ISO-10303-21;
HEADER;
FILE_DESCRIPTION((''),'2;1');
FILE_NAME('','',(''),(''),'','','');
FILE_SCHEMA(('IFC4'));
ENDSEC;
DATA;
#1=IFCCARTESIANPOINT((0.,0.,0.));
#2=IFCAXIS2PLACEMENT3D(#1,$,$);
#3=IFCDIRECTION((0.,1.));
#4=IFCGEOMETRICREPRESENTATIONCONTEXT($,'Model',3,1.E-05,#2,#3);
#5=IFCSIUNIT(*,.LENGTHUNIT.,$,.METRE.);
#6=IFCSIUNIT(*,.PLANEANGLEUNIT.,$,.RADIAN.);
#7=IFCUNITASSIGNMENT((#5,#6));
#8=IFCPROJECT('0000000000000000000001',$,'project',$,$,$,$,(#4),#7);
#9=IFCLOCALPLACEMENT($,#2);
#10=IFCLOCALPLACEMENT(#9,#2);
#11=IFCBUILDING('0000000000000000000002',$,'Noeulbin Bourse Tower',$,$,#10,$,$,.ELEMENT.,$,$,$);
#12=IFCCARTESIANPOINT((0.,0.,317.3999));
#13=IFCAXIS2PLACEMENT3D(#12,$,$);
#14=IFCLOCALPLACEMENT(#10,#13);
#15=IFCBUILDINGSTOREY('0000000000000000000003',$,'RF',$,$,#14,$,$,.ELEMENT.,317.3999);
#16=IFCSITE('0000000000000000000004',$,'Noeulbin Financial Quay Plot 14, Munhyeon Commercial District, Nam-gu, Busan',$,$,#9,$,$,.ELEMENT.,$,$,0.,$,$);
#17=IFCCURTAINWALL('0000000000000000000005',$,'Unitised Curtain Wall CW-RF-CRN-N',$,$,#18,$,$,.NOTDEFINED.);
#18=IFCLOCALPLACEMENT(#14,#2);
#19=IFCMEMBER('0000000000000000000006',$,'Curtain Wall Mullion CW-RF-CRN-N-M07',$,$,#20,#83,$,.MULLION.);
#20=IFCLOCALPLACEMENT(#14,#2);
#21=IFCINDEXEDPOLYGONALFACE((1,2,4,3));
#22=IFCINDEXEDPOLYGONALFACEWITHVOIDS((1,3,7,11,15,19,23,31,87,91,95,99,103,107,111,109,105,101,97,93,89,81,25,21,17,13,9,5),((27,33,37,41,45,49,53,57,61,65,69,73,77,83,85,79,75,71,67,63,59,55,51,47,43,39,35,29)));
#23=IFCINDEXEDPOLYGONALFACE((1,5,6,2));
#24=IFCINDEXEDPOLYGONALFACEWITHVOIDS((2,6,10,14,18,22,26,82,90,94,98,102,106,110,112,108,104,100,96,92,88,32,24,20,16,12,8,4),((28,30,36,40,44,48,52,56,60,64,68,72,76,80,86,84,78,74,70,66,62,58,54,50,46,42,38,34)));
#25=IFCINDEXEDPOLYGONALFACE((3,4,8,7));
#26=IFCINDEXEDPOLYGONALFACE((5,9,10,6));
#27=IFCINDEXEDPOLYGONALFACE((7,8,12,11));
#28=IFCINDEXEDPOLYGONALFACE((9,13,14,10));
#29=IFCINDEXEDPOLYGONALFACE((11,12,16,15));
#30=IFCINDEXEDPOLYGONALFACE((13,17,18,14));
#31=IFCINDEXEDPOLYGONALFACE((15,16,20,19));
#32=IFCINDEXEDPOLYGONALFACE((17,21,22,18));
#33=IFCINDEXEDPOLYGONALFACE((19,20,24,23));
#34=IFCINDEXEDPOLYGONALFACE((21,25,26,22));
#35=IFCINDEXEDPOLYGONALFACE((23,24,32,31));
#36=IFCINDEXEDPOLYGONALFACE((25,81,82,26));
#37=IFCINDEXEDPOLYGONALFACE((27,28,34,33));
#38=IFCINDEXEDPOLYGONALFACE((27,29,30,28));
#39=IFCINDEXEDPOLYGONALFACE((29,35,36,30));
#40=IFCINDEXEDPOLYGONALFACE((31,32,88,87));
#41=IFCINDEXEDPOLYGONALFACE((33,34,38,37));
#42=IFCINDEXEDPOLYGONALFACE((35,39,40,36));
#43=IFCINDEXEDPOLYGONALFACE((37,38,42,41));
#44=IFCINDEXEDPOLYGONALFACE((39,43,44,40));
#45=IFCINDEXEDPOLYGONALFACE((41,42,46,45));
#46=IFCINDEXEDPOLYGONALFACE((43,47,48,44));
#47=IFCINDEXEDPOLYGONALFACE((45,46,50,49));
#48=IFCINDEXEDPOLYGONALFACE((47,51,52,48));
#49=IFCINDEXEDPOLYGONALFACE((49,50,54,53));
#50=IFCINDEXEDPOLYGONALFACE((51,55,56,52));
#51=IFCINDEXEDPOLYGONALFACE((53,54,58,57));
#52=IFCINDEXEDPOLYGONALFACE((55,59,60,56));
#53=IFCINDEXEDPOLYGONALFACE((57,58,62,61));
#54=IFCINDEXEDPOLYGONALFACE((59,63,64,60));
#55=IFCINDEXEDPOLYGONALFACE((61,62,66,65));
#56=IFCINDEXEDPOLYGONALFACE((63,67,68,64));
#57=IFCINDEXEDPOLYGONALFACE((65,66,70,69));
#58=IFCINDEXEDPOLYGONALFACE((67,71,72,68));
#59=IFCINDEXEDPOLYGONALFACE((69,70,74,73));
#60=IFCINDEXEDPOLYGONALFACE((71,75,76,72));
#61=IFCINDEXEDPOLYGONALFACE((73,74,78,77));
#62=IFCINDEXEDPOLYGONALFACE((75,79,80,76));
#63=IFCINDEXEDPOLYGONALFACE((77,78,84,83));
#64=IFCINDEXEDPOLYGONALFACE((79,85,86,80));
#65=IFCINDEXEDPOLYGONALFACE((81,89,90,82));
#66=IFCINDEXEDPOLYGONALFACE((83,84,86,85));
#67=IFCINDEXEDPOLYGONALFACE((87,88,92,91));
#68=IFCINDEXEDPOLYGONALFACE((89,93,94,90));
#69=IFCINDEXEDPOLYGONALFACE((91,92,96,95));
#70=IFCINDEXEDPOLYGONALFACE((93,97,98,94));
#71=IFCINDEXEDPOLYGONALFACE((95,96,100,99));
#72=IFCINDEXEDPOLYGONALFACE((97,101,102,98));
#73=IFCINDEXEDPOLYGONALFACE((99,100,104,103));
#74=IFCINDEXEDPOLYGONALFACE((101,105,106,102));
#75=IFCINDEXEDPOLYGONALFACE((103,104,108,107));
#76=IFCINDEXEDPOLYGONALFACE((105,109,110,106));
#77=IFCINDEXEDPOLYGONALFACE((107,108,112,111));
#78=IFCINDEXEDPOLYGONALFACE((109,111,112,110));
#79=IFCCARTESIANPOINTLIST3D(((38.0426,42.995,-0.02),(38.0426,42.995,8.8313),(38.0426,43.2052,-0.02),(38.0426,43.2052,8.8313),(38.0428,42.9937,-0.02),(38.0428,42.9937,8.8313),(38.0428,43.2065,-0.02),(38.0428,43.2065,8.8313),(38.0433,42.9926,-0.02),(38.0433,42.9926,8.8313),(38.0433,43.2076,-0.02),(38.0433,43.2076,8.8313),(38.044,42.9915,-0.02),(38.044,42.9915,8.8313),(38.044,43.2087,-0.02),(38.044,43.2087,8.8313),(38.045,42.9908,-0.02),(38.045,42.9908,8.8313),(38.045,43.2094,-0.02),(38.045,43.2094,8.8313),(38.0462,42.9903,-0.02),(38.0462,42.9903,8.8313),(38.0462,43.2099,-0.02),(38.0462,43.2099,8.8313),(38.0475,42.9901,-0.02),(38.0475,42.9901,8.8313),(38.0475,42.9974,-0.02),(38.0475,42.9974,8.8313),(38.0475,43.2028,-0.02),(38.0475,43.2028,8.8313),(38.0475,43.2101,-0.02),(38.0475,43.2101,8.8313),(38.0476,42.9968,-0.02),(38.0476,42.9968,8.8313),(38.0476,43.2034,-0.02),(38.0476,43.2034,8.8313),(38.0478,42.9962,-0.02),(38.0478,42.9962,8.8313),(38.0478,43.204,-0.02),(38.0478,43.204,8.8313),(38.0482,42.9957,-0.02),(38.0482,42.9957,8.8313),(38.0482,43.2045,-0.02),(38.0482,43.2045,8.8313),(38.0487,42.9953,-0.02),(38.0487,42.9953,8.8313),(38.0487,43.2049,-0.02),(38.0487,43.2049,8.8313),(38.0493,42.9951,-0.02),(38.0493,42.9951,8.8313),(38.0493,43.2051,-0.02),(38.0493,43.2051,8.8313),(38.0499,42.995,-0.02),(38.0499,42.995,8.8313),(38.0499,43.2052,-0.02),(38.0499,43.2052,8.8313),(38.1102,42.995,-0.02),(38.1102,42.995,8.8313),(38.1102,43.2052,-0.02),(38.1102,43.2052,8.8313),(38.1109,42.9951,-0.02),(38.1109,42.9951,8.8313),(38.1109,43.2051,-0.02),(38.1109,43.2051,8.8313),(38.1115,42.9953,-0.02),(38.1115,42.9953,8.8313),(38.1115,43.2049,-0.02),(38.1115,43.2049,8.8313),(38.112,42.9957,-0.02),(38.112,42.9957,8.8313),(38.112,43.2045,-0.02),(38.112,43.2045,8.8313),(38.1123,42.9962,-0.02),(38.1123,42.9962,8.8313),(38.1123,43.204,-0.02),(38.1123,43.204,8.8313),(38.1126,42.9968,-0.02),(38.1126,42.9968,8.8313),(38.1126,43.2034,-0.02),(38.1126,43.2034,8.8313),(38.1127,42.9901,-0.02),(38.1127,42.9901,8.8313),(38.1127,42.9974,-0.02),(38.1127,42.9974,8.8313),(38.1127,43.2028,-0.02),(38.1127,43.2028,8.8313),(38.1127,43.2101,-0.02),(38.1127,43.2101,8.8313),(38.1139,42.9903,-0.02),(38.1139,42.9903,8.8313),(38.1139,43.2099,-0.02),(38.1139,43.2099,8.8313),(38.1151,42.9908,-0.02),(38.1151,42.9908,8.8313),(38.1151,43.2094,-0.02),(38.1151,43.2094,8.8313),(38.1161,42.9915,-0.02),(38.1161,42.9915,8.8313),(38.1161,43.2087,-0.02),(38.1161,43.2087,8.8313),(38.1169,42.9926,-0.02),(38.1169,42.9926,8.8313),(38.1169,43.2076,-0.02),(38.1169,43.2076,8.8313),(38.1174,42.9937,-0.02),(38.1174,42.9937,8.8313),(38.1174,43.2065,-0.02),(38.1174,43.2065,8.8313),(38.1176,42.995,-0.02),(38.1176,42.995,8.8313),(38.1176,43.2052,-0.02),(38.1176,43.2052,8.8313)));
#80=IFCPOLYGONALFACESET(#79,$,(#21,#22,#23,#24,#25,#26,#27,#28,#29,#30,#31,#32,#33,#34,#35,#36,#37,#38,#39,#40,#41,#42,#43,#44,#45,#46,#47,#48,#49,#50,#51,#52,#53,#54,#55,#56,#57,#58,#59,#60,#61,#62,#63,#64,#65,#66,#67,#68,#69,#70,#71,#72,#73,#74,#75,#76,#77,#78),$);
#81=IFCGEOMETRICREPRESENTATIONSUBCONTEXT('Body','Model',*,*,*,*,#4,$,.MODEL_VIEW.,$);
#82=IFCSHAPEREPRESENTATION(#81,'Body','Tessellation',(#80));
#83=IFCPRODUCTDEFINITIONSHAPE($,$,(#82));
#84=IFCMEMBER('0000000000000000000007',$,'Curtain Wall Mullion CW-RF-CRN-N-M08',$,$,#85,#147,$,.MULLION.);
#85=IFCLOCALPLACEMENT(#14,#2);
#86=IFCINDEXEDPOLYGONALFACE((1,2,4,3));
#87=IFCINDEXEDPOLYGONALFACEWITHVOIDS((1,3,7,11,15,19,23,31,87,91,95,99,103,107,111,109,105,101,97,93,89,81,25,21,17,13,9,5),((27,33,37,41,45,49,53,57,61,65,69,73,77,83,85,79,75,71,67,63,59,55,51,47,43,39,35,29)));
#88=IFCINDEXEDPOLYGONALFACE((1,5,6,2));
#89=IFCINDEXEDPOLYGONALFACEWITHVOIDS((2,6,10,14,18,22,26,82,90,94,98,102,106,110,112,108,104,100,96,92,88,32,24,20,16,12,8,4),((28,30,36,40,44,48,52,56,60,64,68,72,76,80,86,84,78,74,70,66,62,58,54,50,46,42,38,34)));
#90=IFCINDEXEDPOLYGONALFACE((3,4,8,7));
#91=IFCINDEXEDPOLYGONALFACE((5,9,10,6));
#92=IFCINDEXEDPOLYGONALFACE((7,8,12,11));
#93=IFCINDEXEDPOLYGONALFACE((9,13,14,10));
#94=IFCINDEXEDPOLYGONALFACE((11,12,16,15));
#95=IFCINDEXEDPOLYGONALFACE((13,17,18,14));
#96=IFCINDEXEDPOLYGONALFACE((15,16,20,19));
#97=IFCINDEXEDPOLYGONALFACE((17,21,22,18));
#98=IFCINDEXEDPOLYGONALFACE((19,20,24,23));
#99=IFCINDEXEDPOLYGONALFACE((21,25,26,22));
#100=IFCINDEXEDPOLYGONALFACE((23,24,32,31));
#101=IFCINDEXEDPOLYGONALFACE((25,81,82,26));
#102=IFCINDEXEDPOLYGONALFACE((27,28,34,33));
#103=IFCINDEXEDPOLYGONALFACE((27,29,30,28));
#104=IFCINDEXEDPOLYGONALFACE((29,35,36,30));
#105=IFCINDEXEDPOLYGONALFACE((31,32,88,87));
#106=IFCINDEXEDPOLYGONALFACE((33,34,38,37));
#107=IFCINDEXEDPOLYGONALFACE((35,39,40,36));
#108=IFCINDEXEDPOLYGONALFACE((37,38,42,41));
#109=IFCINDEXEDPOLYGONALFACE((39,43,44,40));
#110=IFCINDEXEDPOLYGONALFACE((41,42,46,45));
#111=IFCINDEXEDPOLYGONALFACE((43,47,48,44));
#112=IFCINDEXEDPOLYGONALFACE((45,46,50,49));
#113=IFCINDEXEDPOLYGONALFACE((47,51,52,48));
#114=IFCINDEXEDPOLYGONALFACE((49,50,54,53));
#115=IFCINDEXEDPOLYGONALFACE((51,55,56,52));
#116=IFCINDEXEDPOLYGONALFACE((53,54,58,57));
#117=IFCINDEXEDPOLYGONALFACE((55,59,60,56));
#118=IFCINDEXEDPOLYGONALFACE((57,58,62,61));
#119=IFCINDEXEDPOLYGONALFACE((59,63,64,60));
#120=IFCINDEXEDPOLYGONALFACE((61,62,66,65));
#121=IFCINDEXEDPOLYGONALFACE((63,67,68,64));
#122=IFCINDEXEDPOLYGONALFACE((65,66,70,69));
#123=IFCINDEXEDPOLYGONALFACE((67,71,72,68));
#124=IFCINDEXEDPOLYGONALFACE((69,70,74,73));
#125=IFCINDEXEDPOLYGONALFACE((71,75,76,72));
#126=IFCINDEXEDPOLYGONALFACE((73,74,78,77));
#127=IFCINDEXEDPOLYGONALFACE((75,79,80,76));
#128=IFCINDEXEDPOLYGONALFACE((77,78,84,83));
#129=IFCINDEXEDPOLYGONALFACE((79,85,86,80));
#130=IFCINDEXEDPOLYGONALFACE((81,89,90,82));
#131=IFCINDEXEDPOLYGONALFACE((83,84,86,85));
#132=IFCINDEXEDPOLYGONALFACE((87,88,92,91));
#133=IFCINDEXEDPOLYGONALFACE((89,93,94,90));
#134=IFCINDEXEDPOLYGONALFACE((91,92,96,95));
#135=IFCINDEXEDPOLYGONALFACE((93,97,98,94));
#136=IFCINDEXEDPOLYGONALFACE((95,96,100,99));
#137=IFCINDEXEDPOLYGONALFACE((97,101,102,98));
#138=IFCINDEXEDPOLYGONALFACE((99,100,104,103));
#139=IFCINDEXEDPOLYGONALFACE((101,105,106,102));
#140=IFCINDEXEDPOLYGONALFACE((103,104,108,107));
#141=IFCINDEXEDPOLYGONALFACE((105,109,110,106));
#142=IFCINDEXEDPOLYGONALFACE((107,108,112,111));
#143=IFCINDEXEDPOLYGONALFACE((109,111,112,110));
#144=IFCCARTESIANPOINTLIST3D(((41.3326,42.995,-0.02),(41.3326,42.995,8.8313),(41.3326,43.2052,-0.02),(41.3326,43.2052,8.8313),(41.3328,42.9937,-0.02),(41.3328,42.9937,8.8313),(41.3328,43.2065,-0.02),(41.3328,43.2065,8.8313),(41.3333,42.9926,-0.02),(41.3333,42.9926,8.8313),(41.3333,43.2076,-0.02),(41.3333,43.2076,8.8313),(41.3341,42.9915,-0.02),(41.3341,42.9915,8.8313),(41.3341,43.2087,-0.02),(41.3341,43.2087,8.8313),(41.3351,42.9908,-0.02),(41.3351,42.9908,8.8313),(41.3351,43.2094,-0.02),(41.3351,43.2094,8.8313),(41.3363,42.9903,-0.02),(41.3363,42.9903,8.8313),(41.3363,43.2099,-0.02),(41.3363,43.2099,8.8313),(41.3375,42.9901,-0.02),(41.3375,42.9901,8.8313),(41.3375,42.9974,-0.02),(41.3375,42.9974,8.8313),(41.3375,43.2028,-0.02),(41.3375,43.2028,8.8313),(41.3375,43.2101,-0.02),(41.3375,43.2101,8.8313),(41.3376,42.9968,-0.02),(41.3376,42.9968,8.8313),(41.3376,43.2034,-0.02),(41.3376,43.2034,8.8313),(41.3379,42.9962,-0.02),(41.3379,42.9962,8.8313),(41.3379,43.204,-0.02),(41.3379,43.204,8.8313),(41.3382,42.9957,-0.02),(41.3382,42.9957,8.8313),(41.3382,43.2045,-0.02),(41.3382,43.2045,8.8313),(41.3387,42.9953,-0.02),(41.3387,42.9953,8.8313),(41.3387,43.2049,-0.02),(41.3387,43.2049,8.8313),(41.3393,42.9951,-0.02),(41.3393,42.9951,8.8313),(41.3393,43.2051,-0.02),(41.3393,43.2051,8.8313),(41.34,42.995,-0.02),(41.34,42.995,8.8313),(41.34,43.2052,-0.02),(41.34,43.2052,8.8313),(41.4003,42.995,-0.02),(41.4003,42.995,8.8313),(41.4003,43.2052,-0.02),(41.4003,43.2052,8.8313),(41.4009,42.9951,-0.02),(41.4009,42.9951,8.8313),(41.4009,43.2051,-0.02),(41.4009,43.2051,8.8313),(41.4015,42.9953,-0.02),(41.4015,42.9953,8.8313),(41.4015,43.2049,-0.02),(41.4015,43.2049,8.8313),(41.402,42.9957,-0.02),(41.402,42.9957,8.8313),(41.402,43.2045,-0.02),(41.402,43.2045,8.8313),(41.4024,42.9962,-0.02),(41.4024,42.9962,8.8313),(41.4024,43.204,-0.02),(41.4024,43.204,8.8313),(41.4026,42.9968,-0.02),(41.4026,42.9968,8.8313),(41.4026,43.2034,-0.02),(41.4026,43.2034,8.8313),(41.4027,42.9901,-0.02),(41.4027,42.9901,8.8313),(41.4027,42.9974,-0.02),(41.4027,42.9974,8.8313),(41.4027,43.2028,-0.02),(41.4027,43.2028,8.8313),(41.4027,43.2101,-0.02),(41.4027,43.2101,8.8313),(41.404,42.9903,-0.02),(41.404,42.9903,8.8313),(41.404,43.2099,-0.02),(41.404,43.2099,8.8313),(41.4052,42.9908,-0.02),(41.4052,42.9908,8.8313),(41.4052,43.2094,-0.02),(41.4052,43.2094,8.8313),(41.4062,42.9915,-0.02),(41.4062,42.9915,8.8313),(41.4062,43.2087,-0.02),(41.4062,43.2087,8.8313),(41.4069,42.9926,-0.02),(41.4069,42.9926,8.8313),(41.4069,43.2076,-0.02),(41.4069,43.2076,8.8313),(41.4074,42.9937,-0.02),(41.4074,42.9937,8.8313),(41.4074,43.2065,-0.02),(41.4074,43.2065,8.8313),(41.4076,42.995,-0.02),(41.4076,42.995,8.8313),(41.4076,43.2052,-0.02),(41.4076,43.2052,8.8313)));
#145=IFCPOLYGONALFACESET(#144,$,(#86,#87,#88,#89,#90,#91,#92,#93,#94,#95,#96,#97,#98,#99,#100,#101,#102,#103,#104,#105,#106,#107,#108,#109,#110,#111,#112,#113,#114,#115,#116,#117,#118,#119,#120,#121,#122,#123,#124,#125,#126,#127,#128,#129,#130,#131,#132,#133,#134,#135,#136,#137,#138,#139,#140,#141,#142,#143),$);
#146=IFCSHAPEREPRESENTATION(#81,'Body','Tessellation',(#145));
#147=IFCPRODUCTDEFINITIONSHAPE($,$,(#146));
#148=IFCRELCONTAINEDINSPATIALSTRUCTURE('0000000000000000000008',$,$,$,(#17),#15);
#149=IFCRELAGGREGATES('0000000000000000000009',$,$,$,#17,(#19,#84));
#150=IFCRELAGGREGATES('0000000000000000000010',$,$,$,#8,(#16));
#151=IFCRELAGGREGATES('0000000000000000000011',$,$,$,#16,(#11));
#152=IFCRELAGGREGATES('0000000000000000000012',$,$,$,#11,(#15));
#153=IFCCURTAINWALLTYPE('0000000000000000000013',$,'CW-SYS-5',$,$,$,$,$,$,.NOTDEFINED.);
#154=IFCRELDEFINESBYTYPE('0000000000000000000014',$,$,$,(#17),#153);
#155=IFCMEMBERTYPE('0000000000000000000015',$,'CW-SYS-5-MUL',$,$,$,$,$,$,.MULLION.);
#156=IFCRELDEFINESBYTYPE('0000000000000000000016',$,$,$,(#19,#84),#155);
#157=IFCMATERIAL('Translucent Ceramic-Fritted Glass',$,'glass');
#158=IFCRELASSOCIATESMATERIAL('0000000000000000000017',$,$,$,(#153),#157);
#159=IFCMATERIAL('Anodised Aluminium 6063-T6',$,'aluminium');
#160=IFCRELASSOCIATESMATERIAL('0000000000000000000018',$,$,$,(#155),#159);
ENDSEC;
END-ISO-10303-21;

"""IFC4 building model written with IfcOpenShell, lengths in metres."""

from ifc_helpers import new_model, si_unit, direction, frame, origin, origin_2d, place, context, subcontext, project, spatial, hollow_rectangle, extrude, material, material_profile, profile_set, type_object, element, aggregate, save


model = new_model("IFC4")

# Units and contexts
model_context = context("Model", 3, precision=1e-05, world=origin(), true_north=direction((0.0, 1.0)))
body_context = subcontext(model_context, "Body", "Model", "MODEL_VIEW")
ifc_project = project(units=[si_unit("LENGTHUNIT", "METRE"), si_unit("PLANEANGLEUNIT", "RADIAN")], contexts=[model_context])

# Site, building, storey
site_placement = place(None, origin())
site = spatial("IfcSite", under=ifc_project, at=site_placement, Name="Noeulbin Financial Quay Plot 14, Munhyeon Commercial District, Nam-gu, Busan", CompositionType="ELEMENT", RefElevation=0.0)
building_placement = place(site_placement, origin())
building = spatial("IfcBuilding", under=site, at=building_placement, Name="Noeulbin Bourse Tower", CompositionType="ELEMENT")
storey_placement = place(building_placement, frame((0.0, 0.0, 317.3999)))
storey = spatial("IfcBuildingStorey", under=building, at=storey_placement, Name="RF", CompositionType="ELEMENT", Elevation=317.3999)

# Curtain wall, members
ifc_material_1 = material(Name="Translucent Ceramic-Fritted Glass", Category="glass")
curtain_wall_type = type_object("IfcCurtainWallType", Name="CW-SYS-5", PredefinedType="NOTDEFINED", material=ifc_material_1)
curtain_wall_1_placement = place(storey_placement, origin())
curtain_wall_1 = element("IfcCurtainWall", 1, at=curtain_wall_1_placement, inside=storey, type_object=curtain_wall_type, Name="Unitised Curtain Wall CW-RF-CRN-N", PredefinedType="NOTDEFINED")
ifc_material_2 = material(Name="Anodised Aluminium 6063-T6", Category="aluminium")
ifc_material_profile_1 = material_profile(ifc_material_2, hollow_rectangle(XDim=0.075, YDim=0.22, WallThickness=0.0049, InnerFilletRadius=0.0024, OuterFilletRadius=0.0049, at=origin_2d()), Name="ALU-MULL-75x220x5", Category="LoadBearing")
ifc_profile_set_1 = profile_set([ifc_material_profile_1], Name="Anodised Aluminium 6063-T6")
member_type_1 = type_object("IfcMemberType", Name="CW-SYS-5-MUL", PredefinedType="MULLION", material=ifc_profile_set_1)
member_1_placement = place(storey_placement, frame((38.0801, 43.1001, -0.02), z_axis=(0.0, 0.0, 1.0), x_axis=(1.0, 0.0, 0.0)))
member_1 = element("IfcMember", 2, at=member_1_placement, type_object=member_type_1, Name="Curtain Wall Mullion CW-RF-CRN-N-M07", PredefinedType="MULLION", context=body_context, shape_type="SweptSolid", body=[
    extrude(hollow_rectangle(XDim=0.075, YDim=0.22, WallThickness=0.0049, InnerFilletRadius=0.0024, OuterFilletRadius=0.0049, at=origin_2d()), origin(), (0.0, 0.0, 1.0), 8.8513),
])
member_2_placement = place(storey_placement, frame((41.3701, 43.1001, -0.02), z_axis=(0.0, 0.0, 1.0), x_axis=(1.0, 0.0, 0.0)))
member_2 = element("IfcMember", 3, at=member_2_placement, type_object=member_type_1, Name="Curtain Wall Mullion CW-RF-CRN-N-M08", PredefinedType="MULLION", context=body_context, shape_type="SweptSolid", body=[
    extrude(hollow_rectangle(XDim=0.075, YDim=0.22, WallThickness=0.0049, InnerFilletRadius=0.0024, OuterFilletRadius=0.0049, at=origin_2d()), origin(), (0.0, 0.0, 1.0), 8.8513),
])

aggregate(curtain_wall_1, [member_1, member_2])

save(model, "model.ifc")
